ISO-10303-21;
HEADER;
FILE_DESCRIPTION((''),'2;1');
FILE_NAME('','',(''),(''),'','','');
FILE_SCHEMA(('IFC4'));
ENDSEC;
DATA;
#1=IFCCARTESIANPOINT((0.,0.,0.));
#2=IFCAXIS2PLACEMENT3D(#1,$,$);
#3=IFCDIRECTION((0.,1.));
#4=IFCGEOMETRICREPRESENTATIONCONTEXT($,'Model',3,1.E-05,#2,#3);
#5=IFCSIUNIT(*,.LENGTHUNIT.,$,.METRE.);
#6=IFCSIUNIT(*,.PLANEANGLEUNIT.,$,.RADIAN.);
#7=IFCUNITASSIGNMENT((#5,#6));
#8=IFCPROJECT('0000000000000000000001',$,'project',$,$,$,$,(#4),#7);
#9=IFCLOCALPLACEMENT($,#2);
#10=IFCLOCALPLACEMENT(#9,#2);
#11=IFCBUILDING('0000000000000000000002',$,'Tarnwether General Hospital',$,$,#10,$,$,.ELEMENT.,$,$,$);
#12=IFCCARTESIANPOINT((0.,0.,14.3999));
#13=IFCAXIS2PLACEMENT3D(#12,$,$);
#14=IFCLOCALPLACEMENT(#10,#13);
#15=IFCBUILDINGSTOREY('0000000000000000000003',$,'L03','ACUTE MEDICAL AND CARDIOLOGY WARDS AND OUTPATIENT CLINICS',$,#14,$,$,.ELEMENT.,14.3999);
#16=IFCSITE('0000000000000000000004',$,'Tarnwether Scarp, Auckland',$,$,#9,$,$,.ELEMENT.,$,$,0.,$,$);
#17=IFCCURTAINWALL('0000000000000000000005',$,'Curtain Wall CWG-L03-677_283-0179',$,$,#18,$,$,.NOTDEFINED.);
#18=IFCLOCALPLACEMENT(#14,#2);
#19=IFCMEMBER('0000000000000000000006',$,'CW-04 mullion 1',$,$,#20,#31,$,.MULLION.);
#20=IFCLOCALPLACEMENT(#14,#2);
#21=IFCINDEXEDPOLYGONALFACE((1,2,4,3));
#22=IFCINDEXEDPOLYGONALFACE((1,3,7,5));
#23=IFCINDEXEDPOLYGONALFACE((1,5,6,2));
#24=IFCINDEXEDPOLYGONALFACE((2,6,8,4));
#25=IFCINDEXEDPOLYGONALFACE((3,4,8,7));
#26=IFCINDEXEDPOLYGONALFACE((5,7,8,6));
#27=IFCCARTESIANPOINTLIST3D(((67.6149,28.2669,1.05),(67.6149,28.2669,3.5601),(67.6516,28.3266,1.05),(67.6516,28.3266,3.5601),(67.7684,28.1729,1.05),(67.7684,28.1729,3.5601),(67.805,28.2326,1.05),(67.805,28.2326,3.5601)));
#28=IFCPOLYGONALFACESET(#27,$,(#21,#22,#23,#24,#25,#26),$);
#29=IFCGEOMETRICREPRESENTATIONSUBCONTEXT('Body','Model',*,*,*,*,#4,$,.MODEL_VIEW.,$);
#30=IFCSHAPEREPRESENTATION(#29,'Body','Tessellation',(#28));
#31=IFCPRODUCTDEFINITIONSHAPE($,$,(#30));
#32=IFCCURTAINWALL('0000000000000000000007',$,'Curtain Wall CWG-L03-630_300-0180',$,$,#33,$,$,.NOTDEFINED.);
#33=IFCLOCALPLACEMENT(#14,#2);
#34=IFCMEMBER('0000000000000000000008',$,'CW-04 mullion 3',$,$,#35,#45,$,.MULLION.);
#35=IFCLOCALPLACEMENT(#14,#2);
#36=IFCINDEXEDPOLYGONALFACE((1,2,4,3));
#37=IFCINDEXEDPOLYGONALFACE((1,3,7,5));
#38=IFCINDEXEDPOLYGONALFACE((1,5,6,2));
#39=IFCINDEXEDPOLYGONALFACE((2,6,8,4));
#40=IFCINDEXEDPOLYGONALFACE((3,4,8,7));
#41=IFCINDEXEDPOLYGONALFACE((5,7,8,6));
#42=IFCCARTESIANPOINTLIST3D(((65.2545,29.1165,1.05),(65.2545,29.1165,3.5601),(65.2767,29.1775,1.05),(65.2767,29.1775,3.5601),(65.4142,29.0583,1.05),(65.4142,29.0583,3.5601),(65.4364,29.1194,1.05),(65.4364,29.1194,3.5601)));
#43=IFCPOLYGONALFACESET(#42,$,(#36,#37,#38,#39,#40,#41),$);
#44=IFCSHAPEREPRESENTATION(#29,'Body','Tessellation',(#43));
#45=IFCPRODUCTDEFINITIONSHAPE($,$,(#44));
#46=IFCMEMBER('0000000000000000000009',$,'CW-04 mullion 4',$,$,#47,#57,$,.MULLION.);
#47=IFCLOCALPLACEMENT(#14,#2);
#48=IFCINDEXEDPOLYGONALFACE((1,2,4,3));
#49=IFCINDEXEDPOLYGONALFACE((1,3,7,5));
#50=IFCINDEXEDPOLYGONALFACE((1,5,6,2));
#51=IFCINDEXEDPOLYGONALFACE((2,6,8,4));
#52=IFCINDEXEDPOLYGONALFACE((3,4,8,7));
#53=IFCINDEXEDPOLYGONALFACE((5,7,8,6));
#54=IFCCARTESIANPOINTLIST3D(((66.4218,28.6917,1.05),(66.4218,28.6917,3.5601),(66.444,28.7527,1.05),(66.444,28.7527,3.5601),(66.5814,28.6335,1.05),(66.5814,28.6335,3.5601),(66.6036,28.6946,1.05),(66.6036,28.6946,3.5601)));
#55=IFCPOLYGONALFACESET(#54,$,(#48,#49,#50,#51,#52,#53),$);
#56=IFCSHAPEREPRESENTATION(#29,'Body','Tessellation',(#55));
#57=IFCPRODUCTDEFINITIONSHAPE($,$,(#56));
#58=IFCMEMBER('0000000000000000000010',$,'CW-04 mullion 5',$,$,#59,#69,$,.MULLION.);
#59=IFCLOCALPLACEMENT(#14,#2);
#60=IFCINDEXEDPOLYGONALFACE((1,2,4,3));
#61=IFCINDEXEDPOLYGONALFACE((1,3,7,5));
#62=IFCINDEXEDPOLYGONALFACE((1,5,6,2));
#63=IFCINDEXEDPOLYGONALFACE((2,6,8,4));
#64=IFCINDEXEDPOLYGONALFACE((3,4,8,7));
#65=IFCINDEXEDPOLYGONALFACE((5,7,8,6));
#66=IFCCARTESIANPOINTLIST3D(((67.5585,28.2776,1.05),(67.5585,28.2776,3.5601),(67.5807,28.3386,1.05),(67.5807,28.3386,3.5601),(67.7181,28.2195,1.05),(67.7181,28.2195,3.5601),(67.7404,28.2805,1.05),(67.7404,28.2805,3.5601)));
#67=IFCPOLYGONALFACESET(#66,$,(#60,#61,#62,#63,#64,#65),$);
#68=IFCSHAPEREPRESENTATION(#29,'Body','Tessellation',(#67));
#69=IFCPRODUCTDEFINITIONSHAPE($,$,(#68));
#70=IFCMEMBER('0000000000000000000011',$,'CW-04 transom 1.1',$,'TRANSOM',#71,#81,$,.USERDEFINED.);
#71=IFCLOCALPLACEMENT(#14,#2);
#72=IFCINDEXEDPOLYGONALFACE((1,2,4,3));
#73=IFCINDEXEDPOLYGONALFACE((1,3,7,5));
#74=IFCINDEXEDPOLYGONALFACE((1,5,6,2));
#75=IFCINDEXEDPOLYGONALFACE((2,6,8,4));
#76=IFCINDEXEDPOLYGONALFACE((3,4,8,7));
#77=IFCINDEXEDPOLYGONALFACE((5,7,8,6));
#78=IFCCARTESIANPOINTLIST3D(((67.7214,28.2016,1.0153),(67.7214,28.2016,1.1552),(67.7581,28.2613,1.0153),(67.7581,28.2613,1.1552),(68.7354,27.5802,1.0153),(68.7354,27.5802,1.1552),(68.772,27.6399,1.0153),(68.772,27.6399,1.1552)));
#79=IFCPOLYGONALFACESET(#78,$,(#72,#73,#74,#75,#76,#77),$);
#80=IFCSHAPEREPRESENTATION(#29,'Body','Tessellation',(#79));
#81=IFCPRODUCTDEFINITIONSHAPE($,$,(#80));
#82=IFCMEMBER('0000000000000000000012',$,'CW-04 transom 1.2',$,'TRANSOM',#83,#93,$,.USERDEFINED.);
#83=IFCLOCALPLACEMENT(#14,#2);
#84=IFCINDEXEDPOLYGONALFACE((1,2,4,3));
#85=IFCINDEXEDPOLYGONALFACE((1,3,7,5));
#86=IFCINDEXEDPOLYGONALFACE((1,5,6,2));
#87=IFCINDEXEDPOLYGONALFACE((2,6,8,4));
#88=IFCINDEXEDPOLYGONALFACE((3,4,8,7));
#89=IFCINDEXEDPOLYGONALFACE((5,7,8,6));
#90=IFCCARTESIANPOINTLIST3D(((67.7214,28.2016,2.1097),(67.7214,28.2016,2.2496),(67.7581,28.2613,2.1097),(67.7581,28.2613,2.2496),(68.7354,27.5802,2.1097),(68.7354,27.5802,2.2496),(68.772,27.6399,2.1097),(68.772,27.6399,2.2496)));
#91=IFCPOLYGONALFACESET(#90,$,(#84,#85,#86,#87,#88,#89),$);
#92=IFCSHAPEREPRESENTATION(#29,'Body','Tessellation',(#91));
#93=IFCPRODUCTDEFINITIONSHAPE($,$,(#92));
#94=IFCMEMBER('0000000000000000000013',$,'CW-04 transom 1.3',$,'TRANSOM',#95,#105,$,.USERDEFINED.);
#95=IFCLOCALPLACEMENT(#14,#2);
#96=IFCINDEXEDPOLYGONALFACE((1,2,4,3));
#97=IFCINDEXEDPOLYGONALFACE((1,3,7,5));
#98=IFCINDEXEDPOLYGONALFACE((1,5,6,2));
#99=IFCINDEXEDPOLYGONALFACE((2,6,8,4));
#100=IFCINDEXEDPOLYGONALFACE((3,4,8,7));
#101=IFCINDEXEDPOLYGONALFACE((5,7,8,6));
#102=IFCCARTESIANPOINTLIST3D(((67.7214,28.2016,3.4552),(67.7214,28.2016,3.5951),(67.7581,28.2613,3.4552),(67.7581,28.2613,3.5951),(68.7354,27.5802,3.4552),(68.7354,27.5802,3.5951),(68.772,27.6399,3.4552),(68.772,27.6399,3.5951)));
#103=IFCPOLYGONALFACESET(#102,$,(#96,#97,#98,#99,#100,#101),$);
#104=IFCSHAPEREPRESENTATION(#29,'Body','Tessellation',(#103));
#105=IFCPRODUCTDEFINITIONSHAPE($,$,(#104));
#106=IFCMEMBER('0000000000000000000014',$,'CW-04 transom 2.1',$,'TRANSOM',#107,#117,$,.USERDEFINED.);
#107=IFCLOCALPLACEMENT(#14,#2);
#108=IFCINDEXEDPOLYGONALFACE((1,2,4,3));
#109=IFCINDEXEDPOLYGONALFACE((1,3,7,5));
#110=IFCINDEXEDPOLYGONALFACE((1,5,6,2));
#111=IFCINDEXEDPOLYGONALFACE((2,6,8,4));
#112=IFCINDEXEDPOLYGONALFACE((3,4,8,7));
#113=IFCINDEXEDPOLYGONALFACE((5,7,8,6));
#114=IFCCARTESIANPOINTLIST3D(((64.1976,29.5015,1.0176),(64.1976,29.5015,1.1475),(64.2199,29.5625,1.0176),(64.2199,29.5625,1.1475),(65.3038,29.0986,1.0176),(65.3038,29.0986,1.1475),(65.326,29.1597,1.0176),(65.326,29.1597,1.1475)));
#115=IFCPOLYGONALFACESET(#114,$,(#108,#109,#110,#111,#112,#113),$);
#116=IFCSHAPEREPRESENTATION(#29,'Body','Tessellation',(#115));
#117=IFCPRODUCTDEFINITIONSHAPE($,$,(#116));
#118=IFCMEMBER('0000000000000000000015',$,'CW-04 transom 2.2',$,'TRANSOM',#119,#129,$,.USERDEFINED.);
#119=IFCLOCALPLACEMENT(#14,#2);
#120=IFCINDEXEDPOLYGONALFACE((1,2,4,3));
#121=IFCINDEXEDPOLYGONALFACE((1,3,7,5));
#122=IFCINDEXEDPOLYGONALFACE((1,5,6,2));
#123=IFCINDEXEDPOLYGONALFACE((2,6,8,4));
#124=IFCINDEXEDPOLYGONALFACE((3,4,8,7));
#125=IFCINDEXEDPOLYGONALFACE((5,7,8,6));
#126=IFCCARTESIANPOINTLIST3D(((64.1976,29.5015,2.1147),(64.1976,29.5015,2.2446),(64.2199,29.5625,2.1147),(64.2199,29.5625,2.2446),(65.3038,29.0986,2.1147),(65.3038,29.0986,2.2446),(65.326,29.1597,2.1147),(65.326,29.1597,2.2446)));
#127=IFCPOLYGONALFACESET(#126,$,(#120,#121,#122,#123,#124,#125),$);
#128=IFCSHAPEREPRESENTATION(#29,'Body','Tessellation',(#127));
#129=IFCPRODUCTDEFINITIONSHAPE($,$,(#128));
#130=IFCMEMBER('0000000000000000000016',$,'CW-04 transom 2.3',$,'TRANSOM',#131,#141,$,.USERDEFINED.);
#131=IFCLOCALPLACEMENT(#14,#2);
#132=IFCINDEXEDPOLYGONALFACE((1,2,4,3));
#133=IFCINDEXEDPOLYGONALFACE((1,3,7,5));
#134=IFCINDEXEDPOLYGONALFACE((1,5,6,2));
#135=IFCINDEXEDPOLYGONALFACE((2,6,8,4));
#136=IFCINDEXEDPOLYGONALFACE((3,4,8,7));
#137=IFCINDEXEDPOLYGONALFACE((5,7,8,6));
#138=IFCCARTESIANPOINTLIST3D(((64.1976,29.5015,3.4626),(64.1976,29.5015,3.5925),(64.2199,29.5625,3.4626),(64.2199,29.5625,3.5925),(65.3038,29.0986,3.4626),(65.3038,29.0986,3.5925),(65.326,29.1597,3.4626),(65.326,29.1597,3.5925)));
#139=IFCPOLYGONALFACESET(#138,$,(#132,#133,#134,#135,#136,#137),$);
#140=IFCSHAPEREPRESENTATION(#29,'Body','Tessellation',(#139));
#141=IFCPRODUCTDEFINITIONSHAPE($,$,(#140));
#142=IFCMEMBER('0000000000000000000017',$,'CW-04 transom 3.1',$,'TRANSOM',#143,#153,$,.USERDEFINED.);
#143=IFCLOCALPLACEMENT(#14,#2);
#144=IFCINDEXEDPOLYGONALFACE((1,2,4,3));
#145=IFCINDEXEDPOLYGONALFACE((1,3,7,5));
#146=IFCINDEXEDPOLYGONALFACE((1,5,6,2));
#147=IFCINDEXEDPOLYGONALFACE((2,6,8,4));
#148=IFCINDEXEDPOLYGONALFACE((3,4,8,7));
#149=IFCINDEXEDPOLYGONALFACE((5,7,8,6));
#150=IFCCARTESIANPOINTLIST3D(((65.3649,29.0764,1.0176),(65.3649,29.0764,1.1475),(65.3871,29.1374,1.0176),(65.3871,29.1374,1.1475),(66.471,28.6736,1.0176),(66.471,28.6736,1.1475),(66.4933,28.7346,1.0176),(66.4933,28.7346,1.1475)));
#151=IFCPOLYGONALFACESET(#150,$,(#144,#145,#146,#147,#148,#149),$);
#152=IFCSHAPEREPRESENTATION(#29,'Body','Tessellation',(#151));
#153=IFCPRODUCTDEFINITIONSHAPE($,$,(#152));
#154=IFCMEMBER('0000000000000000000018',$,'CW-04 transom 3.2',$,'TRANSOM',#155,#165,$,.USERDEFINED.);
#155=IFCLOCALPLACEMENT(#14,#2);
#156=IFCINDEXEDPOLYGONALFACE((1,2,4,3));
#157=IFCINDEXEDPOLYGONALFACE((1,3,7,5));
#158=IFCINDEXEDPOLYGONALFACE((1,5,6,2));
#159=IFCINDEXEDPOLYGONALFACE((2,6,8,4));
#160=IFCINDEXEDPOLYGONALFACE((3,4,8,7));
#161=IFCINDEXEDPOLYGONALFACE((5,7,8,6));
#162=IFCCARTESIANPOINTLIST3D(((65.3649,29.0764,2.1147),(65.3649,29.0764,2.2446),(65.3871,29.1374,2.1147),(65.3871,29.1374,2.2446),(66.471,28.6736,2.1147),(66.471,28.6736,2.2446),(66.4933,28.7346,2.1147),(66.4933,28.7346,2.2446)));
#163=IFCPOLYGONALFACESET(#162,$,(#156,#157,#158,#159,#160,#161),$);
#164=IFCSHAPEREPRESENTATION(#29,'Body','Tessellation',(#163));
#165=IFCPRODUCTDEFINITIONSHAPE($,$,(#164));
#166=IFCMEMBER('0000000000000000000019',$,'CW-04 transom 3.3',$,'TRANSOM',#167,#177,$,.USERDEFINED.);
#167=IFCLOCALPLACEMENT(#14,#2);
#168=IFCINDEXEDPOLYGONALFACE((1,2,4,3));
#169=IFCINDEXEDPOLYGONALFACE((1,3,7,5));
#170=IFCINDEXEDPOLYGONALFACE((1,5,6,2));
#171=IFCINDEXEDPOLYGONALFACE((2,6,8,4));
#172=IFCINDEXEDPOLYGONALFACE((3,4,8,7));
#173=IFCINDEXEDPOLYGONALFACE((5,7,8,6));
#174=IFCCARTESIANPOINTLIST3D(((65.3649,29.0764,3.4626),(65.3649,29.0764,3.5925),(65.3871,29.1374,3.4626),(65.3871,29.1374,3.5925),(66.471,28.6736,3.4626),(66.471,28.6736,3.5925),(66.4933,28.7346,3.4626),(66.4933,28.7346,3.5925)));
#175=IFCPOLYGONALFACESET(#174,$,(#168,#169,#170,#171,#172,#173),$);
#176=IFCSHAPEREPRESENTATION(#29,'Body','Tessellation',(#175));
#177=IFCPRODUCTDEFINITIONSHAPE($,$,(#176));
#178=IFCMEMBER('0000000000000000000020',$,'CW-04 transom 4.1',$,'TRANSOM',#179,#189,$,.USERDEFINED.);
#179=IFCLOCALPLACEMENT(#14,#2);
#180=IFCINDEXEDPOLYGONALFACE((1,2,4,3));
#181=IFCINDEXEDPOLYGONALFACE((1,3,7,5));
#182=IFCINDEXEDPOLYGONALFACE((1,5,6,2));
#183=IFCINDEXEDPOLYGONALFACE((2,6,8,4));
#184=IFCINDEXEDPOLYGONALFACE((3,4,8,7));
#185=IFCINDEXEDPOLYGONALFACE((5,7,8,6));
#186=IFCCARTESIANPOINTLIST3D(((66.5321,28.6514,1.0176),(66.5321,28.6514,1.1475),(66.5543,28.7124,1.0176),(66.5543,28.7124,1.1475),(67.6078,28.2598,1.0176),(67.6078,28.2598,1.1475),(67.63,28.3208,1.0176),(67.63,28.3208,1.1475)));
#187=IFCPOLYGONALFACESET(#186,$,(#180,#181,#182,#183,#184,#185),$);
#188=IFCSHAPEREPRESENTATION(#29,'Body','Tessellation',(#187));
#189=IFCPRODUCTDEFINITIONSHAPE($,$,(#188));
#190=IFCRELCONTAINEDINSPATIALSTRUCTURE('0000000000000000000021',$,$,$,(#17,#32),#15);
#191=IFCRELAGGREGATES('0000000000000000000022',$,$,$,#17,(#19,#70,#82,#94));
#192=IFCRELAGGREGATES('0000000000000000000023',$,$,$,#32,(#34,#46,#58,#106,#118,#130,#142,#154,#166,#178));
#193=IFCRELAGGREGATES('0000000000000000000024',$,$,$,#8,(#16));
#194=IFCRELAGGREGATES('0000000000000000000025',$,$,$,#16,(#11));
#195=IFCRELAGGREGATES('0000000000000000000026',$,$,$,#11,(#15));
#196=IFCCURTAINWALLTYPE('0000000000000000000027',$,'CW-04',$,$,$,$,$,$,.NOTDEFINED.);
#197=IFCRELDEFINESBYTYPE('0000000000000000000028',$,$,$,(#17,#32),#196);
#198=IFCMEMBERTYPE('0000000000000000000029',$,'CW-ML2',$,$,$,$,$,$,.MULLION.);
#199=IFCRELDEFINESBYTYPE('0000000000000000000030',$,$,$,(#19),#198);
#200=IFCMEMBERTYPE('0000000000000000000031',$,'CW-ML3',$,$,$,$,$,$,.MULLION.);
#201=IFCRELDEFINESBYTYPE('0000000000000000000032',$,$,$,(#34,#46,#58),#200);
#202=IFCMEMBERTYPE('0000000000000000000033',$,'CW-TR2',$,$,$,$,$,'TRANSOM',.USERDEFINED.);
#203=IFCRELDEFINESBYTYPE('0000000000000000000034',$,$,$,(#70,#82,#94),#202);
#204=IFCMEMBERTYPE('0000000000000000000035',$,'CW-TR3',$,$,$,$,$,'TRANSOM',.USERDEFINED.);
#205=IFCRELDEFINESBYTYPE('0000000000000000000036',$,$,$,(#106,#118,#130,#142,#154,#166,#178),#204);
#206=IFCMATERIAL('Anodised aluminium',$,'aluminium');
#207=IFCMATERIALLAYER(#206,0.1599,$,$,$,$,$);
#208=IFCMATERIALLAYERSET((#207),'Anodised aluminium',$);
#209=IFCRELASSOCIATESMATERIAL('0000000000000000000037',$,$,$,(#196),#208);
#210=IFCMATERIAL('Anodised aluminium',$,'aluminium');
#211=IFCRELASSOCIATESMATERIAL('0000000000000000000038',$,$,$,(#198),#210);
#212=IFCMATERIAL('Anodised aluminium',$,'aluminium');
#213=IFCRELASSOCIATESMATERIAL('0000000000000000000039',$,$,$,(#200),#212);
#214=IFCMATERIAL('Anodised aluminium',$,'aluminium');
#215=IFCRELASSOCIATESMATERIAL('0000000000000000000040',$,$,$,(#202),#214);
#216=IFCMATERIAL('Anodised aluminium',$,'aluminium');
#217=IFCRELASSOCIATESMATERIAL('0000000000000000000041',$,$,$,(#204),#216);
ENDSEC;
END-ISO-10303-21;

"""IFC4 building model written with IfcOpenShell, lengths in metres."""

from ifc_helpers import new_model, si_unit, direction, frame, origin, origin_2d, place, context, subcontext, project, spatial, rectangle, extrude, material, layer, layer_set, material_profile, profile_set, type_object, element, aggregate, save


model = new_model("IFC4")

# Units and contexts
model_context = context("Model", 3, precision=1e-05, world=origin(), true_north=direction((0.0, 1.0)))
body_context = subcontext(model_context, "Body", "Model", "MODEL_VIEW")
ifc_project = project(units=[si_unit("LENGTHUNIT", "METRE"), si_unit("PLANEANGLEUNIT", "RADIAN")], contexts=[model_context])

# Site, building, storey
site_placement = place(None, origin())
site = spatial("IfcSite", under=ifc_project, at=site_placement, Name="Tarnwether Scarp, Auckland", CompositionType="ELEMENT", RefElevation=0.0)
building_placement = place(site_placement, origin())
building = spatial("IfcBuilding", under=site, at=building_placement, Name="Tarnwether General Hospital", CompositionType="ELEMENT")
storey_placement = place(building_placement, frame((0.0, 0.0, 14.3999)))
storey = spatial("IfcBuildingStorey", under=building, at=storey_placement, Name="L03", Description="ACUTE MEDICAL AND CARDIOLOGY WARDS AND OUTPATIENT CLINICS", CompositionType="ELEMENT", Elevation=14.3999)

# Curtain wall, member
ifc_material_1 = material(Name="Anodised aluminium", Category="aluminium")
ifc_layer_1 = layer(ifc_material_1, 0.1599)
ifc_layer_set_1 = layer_set([ifc_layer_1], Name="Anodised aluminium")
curtain_wall_type = type_object("IfcCurtainWallType", Name="CW-04", PredefinedType="NOTDEFINED", material=ifc_layer_set_1)
curtain_wall_1_placement = place(storey_placement, origin())
curtain_wall_1 = element("IfcCurtainWall", 1, at=curtain_wall_1_placement, inside=storey, type_object=curtain_wall_type, Name="Curtain Wall CWG-L03-677_283-0179", PredefinedType="NOTDEFINED")
ifc_material_2 = material(Name="Anodised aluminium", Category="aluminium")
ifc_material_profile_1 = material_profile(ifc_material_2, rectangle(XDim=0.0701, YDim=0.1799, at=origin_2d()), Name="ALU-MUL-70x180")
ifc_profile_set_1 = profile_set([ifc_material_profile_1], Name="Anodised aluminium")
member_type_1 = type_object("IfcMemberType", Name="CW-ML2", PredefinedType="MULLION", material=ifc_profile_set_1)
member_1_placement = place(storey_placement, frame((67.71, 28.2498, 1.05), z_axis=(0.0, 0.0, 1.0), x_axis=(0.522512, 0.852632, 0.0)))
member_1 = element("IfcMember", 2, at=member_1_placement, type_object=member_type_1, Name="CW-04 mullion 1", PredefinedType="MULLION", context=body_context, shape_type="SweptSolid", body=[
    extrude(rectangle(XDim=0.0701, YDim=0.1799, at=origin_2d()), origin(), (0.0, 0.0, 1.0), 2.51),
])

# Curtain wall, members
curtain_wall_2_placement = place(storey_placement, origin())
curtain_wall_2 = element("IfcCurtainWall", 3, at=curtain_wall_2_placement, inside=storey, type_object=curtain_wall_type, Name="Curtain Wall CWG-L03-630_300-0180", PredefinedType="NOTDEFINED")
ifc_material_3 = material(Name="Anodised aluminium", Category="aluminium")
ifc_material_profile_2 = material_profile(ifc_material_3, rectangle(XDim=0.0649, YDim=0.1699, at=origin_2d()), Name="ALU-MUL-65x170")
ifc_profile_set_2 = profile_set([ifc_material_profile_2], Name="Anodised aluminium")
member_type_2 = type_object("IfcMemberType", Name="CW-ML3", PredefinedType="MULLION", material=ifc_profile_set_2)
member_2_placement = place(storey_placement, frame((65.3455, 29.1179, 1.05), z_axis=(0.0, 0.0, 1.0), x_axis=(0.342131, 0.939652, 0.0)))
member_2 = element("IfcMember", 4, at=member_2_placement, type_object=member_type_2, Name="CW-04 mullion 3", PredefinedType="MULLION", context=body_context, shape_type="SweptSolid", body=[
    extrude(rectangle(XDim=0.0649, YDim=0.1699, at=origin_2d()), origin(), (0.0, 0.0, 1.0), 2.51),
])
member_3_placement = place(storey_placement, frame((66.5127, 28.6931, 1.05), z_axis=(0.0, 0.0, 1.0), x_axis=(0.342131, 0.939652, 0.0)))
member_3 = element("IfcMember", 5, at=member_3_placement, type_object=member_type_2, Name="CW-04 mullion 4", PredefinedType="MULLION", context=body_context, shape_type="SweptSolid", body=[
    extrude(rectangle(XDim=0.0649, YDim=0.1699, at=origin_2d()), origin(), (0.0, 0.0, 1.0), 2.51),
])
member_4_placement = place(storey_placement, frame((67.6494, 28.2791, 1.05), z_axis=(0.0, 0.0, 1.0), x_axis=(0.342131, 0.939652, 0.0)))
member_4 = element("IfcMember", 6, at=member_4_placement, type_object=member_type_2, Name="CW-04 mullion 5", PredefinedType="MULLION", context=body_context, shape_type="SweptSolid", body=[
    extrude(rectangle(XDim=0.0649, YDim=0.1699, at=origin_2d()), origin(), (0.0, 0.0, 1.0), 2.51),
])

# Members
ifc_material_4 = material(Name="Anodised aluminium", Category="aluminium")
ifc_material_profile_3 = material_profile(ifc_material_4, rectangle(XDim=0.0701, YDim=0.1399, at=origin_2d()), Name="ALU-TRN-70x140")
ifc_profile_set_3 = profile_set([ifc_material_profile_3], Name="Anodised aluminium")
member_type_3 = type_object("IfcMemberType", Name="CW-TR2", ElementType="TRANSOM", PredefinedType="USERDEFINED", material=ifc_profile_set_3)
member_5_placement = place(storey_placement, frame((67.7397, 28.2314, 1.0852), z_axis=(0.852637, -0.522504, 0.0), x_axis=(0.522504, 0.852637, 0.0)))
member_5 = element("IfcMember", 7, at=member_5_placement, type_object=member_type_3, Name="CW-04 transom 1.1", ObjectType="TRANSOM", PredefinedType="USERDEFINED", context=body_context, shape_type="SweptSolid", body=[
    extrude(rectangle(XDim=0.0701, YDim=0.1399, at=origin_2d()), origin(), (0.0, 0.0, 1.0), 1.1892),
])
member_6_placement = place(storey_placement, frame((67.7397, 28.2314, 2.1797), z_axis=(0.852637, -0.522504, 0.0), x_axis=(0.522504, 0.852637, 0.0)))
member_6 = element("IfcMember", 8, at=member_6_placement, type_object=member_type_3, Name="CW-04 transom 1.2", ObjectType="TRANSOM", PredefinedType="USERDEFINED", context=body_context, shape_type="SweptSolid", body=[
    extrude(rectangle(XDim=0.0701, YDim=0.1399, at=origin_2d()), origin(), (0.0, 0.0, 1.0), 1.1892),
])
member_7_placement = place(storey_placement, frame((67.7397, 28.2314, 3.5251), z_axis=(0.852637, -0.522504, 0.0), x_axis=(0.522504, 0.852637, 0.0)))
member_7 = element("IfcMember", 9, at=member_7_placement, type_object=member_type_3, Name="CW-04 transom 1.3", ObjectType="TRANSOM", PredefinedType="USERDEFINED", context=body_context, shape_type="SweptSolid", body=[
    extrude(rectangle(XDim=0.0701, YDim=0.1399, at=origin_2d()), origin(), (0.0, 0.0, 1.0), 1.1892),
])
ifc_material_5 = material(Name="Anodised aluminium", Category="aluminium")
ifc_material_profile_4 = material_profile(ifc_material_5, rectangle(XDim=0.0649, YDim=0.1299, at=origin_2d()), Name="ALU-TRN-65x130")
ifc_profile_set_4 = profile_set([ifc_material_profile_4], Name="Anodised aluminium")
member_type_4 = type_object("IfcMemberType", Name="CW-TR3", ElementType="TRANSOM", PredefinedType="USERDEFINED", material=ifc_profile_set_4)
member_8_placement = place(storey_placement, frame((64.2087, 29.532, 1.0825), z_axis=(0.939636, -0.342176, 0.0), x_axis=(0.342176, 0.939636, 0.0)))
member_8 = element("IfcMember", 10, at=member_8_placement, type_object=member_type_4, Name="CW-04 transom 2.1", ObjectType="TRANSOM", PredefinedType="USERDEFINED", context=body_context, shape_type="SweptSolid", body=[
    extrude(rectangle(XDim=0.0649, YDim=0.1299, at=origin_2d()), origin(), (0.0, 0.0, 1.0), 1.1772),
])
member_9_placement = place(storey_placement, frame((64.2087, 29.532, 2.1797), z_axis=(0.939636, -0.342176, 0.0), x_axis=(0.342176, 0.939636, 0.0)))
member_9 = element("IfcMember", 11, at=member_9_placement, type_object=member_type_4, Name="CW-04 transom 2.2", ObjectType="TRANSOM", PredefinedType="USERDEFINED", context=body_context, shape_type="SweptSolid", body=[
    extrude(rectangle(XDim=0.0649, YDim=0.1299, at=origin_2d()), origin(), (0.0, 0.0, 1.0), 1.1772),
])
member_10_placement = place(storey_placement, frame((64.2087, 29.532, 3.5276), z_axis=(0.939636, -0.342176, 0.0), x_axis=(0.342176, 0.939636, 0.0)))
member_10 = element("IfcMember", 12, at=member_10_placement, type_object=member_type_4, Name="CW-04 transom 2.3", ObjectType="TRANSOM", PredefinedType="USERDEFINED", context=body_context, shape_type="SweptSolid", body=[
    extrude(rectangle(XDim=0.0649, YDim=0.1299, at=origin_2d()), origin(), (0.0, 0.0, 1.0), 1.1772),
])
member_11_placement = place(storey_placement, frame((65.376, 29.1069, 1.0825), z_axis=(0.939636, -0.342176, 0.0), x_axis=(0.342176, 0.939636, 0.0)))
member_11 = element("IfcMember", 13, at=member_11_placement, type_object=member_type_4, Name="CW-04 transom 3.1", ObjectType="TRANSOM", PredefinedType="USERDEFINED", context=body_context, shape_type="SweptSolid", body=[
    extrude(rectangle(XDim=0.0649, YDim=0.1299, at=origin_2d()), origin(), (0.0, 0.0, 1.0), 1.1772),
])
member_12_placement = place(storey_placement, frame((65.376, 29.1069, 2.1797), z_axis=(0.939636, -0.342176, 0.0), x_axis=(0.342176, 0.939636, 0.0)))
member_12 = element("IfcMember", 14, at=member_12_placement, type_object=member_type_4, Name="CW-04 transom 3.2", ObjectType="TRANSOM", PredefinedType="USERDEFINED", context=body_context, shape_type="SweptSolid", body=[
    extrude(rectangle(XDim=0.0649, YDim=0.1299, at=origin_2d()), origin(), (0.0, 0.0, 1.0), 1.1772),
])
member_13_placement = place(storey_placement, frame((65.376, 29.1069, 3.5276), z_axis=(0.939636, -0.342176, 0.0), x_axis=(0.342176, 0.939636, 0.0)))
member_13 = element("IfcMember", 15, at=member_13_placement, type_object=member_type_4, Name="CW-04 transom 3.3", ObjectType="TRANSOM", PredefinedType="USERDEFINED", context=body_context, shape_type="SweptSolid", body=[
    extrude(rectangle(XDim=0.0649, YDim=0.1299, at=origin_2d()), origin(), (0.0, 0.0, 1.0), 1.1772),
])
member_14_placement = place(storey_placement, frame((66.5432, 28.6819, 1.0825), z_axis=(0.939669, -0.342086, 0.0), x_axis=(0.342086, 0.939669, 0.0)))
member_14 = element("IfcMember", 16, at=member_14_placement, type_object=member_type_4, Name="CW-04 transom 4.1", ObjectType="TRANSOM", PredefinedType="USERDEFINED", context=body_context, shape_type="SweptSolid", body=[
    extrude(rectangle(XDim=0.0649, YDim=0.1299, at=origin_2d()), origin(), (0.0, 0.0, 1.0), 1.1448),
])

aggregate(curtain_wall_1, [member_1, member_5, member_6, member_7])
aggregate(curtain_wall_2, [member_2, member_3, member_4, member_8, member_9, member_10, member_11, member_12, member_13, member_14])

save(model, "model.ifc")
